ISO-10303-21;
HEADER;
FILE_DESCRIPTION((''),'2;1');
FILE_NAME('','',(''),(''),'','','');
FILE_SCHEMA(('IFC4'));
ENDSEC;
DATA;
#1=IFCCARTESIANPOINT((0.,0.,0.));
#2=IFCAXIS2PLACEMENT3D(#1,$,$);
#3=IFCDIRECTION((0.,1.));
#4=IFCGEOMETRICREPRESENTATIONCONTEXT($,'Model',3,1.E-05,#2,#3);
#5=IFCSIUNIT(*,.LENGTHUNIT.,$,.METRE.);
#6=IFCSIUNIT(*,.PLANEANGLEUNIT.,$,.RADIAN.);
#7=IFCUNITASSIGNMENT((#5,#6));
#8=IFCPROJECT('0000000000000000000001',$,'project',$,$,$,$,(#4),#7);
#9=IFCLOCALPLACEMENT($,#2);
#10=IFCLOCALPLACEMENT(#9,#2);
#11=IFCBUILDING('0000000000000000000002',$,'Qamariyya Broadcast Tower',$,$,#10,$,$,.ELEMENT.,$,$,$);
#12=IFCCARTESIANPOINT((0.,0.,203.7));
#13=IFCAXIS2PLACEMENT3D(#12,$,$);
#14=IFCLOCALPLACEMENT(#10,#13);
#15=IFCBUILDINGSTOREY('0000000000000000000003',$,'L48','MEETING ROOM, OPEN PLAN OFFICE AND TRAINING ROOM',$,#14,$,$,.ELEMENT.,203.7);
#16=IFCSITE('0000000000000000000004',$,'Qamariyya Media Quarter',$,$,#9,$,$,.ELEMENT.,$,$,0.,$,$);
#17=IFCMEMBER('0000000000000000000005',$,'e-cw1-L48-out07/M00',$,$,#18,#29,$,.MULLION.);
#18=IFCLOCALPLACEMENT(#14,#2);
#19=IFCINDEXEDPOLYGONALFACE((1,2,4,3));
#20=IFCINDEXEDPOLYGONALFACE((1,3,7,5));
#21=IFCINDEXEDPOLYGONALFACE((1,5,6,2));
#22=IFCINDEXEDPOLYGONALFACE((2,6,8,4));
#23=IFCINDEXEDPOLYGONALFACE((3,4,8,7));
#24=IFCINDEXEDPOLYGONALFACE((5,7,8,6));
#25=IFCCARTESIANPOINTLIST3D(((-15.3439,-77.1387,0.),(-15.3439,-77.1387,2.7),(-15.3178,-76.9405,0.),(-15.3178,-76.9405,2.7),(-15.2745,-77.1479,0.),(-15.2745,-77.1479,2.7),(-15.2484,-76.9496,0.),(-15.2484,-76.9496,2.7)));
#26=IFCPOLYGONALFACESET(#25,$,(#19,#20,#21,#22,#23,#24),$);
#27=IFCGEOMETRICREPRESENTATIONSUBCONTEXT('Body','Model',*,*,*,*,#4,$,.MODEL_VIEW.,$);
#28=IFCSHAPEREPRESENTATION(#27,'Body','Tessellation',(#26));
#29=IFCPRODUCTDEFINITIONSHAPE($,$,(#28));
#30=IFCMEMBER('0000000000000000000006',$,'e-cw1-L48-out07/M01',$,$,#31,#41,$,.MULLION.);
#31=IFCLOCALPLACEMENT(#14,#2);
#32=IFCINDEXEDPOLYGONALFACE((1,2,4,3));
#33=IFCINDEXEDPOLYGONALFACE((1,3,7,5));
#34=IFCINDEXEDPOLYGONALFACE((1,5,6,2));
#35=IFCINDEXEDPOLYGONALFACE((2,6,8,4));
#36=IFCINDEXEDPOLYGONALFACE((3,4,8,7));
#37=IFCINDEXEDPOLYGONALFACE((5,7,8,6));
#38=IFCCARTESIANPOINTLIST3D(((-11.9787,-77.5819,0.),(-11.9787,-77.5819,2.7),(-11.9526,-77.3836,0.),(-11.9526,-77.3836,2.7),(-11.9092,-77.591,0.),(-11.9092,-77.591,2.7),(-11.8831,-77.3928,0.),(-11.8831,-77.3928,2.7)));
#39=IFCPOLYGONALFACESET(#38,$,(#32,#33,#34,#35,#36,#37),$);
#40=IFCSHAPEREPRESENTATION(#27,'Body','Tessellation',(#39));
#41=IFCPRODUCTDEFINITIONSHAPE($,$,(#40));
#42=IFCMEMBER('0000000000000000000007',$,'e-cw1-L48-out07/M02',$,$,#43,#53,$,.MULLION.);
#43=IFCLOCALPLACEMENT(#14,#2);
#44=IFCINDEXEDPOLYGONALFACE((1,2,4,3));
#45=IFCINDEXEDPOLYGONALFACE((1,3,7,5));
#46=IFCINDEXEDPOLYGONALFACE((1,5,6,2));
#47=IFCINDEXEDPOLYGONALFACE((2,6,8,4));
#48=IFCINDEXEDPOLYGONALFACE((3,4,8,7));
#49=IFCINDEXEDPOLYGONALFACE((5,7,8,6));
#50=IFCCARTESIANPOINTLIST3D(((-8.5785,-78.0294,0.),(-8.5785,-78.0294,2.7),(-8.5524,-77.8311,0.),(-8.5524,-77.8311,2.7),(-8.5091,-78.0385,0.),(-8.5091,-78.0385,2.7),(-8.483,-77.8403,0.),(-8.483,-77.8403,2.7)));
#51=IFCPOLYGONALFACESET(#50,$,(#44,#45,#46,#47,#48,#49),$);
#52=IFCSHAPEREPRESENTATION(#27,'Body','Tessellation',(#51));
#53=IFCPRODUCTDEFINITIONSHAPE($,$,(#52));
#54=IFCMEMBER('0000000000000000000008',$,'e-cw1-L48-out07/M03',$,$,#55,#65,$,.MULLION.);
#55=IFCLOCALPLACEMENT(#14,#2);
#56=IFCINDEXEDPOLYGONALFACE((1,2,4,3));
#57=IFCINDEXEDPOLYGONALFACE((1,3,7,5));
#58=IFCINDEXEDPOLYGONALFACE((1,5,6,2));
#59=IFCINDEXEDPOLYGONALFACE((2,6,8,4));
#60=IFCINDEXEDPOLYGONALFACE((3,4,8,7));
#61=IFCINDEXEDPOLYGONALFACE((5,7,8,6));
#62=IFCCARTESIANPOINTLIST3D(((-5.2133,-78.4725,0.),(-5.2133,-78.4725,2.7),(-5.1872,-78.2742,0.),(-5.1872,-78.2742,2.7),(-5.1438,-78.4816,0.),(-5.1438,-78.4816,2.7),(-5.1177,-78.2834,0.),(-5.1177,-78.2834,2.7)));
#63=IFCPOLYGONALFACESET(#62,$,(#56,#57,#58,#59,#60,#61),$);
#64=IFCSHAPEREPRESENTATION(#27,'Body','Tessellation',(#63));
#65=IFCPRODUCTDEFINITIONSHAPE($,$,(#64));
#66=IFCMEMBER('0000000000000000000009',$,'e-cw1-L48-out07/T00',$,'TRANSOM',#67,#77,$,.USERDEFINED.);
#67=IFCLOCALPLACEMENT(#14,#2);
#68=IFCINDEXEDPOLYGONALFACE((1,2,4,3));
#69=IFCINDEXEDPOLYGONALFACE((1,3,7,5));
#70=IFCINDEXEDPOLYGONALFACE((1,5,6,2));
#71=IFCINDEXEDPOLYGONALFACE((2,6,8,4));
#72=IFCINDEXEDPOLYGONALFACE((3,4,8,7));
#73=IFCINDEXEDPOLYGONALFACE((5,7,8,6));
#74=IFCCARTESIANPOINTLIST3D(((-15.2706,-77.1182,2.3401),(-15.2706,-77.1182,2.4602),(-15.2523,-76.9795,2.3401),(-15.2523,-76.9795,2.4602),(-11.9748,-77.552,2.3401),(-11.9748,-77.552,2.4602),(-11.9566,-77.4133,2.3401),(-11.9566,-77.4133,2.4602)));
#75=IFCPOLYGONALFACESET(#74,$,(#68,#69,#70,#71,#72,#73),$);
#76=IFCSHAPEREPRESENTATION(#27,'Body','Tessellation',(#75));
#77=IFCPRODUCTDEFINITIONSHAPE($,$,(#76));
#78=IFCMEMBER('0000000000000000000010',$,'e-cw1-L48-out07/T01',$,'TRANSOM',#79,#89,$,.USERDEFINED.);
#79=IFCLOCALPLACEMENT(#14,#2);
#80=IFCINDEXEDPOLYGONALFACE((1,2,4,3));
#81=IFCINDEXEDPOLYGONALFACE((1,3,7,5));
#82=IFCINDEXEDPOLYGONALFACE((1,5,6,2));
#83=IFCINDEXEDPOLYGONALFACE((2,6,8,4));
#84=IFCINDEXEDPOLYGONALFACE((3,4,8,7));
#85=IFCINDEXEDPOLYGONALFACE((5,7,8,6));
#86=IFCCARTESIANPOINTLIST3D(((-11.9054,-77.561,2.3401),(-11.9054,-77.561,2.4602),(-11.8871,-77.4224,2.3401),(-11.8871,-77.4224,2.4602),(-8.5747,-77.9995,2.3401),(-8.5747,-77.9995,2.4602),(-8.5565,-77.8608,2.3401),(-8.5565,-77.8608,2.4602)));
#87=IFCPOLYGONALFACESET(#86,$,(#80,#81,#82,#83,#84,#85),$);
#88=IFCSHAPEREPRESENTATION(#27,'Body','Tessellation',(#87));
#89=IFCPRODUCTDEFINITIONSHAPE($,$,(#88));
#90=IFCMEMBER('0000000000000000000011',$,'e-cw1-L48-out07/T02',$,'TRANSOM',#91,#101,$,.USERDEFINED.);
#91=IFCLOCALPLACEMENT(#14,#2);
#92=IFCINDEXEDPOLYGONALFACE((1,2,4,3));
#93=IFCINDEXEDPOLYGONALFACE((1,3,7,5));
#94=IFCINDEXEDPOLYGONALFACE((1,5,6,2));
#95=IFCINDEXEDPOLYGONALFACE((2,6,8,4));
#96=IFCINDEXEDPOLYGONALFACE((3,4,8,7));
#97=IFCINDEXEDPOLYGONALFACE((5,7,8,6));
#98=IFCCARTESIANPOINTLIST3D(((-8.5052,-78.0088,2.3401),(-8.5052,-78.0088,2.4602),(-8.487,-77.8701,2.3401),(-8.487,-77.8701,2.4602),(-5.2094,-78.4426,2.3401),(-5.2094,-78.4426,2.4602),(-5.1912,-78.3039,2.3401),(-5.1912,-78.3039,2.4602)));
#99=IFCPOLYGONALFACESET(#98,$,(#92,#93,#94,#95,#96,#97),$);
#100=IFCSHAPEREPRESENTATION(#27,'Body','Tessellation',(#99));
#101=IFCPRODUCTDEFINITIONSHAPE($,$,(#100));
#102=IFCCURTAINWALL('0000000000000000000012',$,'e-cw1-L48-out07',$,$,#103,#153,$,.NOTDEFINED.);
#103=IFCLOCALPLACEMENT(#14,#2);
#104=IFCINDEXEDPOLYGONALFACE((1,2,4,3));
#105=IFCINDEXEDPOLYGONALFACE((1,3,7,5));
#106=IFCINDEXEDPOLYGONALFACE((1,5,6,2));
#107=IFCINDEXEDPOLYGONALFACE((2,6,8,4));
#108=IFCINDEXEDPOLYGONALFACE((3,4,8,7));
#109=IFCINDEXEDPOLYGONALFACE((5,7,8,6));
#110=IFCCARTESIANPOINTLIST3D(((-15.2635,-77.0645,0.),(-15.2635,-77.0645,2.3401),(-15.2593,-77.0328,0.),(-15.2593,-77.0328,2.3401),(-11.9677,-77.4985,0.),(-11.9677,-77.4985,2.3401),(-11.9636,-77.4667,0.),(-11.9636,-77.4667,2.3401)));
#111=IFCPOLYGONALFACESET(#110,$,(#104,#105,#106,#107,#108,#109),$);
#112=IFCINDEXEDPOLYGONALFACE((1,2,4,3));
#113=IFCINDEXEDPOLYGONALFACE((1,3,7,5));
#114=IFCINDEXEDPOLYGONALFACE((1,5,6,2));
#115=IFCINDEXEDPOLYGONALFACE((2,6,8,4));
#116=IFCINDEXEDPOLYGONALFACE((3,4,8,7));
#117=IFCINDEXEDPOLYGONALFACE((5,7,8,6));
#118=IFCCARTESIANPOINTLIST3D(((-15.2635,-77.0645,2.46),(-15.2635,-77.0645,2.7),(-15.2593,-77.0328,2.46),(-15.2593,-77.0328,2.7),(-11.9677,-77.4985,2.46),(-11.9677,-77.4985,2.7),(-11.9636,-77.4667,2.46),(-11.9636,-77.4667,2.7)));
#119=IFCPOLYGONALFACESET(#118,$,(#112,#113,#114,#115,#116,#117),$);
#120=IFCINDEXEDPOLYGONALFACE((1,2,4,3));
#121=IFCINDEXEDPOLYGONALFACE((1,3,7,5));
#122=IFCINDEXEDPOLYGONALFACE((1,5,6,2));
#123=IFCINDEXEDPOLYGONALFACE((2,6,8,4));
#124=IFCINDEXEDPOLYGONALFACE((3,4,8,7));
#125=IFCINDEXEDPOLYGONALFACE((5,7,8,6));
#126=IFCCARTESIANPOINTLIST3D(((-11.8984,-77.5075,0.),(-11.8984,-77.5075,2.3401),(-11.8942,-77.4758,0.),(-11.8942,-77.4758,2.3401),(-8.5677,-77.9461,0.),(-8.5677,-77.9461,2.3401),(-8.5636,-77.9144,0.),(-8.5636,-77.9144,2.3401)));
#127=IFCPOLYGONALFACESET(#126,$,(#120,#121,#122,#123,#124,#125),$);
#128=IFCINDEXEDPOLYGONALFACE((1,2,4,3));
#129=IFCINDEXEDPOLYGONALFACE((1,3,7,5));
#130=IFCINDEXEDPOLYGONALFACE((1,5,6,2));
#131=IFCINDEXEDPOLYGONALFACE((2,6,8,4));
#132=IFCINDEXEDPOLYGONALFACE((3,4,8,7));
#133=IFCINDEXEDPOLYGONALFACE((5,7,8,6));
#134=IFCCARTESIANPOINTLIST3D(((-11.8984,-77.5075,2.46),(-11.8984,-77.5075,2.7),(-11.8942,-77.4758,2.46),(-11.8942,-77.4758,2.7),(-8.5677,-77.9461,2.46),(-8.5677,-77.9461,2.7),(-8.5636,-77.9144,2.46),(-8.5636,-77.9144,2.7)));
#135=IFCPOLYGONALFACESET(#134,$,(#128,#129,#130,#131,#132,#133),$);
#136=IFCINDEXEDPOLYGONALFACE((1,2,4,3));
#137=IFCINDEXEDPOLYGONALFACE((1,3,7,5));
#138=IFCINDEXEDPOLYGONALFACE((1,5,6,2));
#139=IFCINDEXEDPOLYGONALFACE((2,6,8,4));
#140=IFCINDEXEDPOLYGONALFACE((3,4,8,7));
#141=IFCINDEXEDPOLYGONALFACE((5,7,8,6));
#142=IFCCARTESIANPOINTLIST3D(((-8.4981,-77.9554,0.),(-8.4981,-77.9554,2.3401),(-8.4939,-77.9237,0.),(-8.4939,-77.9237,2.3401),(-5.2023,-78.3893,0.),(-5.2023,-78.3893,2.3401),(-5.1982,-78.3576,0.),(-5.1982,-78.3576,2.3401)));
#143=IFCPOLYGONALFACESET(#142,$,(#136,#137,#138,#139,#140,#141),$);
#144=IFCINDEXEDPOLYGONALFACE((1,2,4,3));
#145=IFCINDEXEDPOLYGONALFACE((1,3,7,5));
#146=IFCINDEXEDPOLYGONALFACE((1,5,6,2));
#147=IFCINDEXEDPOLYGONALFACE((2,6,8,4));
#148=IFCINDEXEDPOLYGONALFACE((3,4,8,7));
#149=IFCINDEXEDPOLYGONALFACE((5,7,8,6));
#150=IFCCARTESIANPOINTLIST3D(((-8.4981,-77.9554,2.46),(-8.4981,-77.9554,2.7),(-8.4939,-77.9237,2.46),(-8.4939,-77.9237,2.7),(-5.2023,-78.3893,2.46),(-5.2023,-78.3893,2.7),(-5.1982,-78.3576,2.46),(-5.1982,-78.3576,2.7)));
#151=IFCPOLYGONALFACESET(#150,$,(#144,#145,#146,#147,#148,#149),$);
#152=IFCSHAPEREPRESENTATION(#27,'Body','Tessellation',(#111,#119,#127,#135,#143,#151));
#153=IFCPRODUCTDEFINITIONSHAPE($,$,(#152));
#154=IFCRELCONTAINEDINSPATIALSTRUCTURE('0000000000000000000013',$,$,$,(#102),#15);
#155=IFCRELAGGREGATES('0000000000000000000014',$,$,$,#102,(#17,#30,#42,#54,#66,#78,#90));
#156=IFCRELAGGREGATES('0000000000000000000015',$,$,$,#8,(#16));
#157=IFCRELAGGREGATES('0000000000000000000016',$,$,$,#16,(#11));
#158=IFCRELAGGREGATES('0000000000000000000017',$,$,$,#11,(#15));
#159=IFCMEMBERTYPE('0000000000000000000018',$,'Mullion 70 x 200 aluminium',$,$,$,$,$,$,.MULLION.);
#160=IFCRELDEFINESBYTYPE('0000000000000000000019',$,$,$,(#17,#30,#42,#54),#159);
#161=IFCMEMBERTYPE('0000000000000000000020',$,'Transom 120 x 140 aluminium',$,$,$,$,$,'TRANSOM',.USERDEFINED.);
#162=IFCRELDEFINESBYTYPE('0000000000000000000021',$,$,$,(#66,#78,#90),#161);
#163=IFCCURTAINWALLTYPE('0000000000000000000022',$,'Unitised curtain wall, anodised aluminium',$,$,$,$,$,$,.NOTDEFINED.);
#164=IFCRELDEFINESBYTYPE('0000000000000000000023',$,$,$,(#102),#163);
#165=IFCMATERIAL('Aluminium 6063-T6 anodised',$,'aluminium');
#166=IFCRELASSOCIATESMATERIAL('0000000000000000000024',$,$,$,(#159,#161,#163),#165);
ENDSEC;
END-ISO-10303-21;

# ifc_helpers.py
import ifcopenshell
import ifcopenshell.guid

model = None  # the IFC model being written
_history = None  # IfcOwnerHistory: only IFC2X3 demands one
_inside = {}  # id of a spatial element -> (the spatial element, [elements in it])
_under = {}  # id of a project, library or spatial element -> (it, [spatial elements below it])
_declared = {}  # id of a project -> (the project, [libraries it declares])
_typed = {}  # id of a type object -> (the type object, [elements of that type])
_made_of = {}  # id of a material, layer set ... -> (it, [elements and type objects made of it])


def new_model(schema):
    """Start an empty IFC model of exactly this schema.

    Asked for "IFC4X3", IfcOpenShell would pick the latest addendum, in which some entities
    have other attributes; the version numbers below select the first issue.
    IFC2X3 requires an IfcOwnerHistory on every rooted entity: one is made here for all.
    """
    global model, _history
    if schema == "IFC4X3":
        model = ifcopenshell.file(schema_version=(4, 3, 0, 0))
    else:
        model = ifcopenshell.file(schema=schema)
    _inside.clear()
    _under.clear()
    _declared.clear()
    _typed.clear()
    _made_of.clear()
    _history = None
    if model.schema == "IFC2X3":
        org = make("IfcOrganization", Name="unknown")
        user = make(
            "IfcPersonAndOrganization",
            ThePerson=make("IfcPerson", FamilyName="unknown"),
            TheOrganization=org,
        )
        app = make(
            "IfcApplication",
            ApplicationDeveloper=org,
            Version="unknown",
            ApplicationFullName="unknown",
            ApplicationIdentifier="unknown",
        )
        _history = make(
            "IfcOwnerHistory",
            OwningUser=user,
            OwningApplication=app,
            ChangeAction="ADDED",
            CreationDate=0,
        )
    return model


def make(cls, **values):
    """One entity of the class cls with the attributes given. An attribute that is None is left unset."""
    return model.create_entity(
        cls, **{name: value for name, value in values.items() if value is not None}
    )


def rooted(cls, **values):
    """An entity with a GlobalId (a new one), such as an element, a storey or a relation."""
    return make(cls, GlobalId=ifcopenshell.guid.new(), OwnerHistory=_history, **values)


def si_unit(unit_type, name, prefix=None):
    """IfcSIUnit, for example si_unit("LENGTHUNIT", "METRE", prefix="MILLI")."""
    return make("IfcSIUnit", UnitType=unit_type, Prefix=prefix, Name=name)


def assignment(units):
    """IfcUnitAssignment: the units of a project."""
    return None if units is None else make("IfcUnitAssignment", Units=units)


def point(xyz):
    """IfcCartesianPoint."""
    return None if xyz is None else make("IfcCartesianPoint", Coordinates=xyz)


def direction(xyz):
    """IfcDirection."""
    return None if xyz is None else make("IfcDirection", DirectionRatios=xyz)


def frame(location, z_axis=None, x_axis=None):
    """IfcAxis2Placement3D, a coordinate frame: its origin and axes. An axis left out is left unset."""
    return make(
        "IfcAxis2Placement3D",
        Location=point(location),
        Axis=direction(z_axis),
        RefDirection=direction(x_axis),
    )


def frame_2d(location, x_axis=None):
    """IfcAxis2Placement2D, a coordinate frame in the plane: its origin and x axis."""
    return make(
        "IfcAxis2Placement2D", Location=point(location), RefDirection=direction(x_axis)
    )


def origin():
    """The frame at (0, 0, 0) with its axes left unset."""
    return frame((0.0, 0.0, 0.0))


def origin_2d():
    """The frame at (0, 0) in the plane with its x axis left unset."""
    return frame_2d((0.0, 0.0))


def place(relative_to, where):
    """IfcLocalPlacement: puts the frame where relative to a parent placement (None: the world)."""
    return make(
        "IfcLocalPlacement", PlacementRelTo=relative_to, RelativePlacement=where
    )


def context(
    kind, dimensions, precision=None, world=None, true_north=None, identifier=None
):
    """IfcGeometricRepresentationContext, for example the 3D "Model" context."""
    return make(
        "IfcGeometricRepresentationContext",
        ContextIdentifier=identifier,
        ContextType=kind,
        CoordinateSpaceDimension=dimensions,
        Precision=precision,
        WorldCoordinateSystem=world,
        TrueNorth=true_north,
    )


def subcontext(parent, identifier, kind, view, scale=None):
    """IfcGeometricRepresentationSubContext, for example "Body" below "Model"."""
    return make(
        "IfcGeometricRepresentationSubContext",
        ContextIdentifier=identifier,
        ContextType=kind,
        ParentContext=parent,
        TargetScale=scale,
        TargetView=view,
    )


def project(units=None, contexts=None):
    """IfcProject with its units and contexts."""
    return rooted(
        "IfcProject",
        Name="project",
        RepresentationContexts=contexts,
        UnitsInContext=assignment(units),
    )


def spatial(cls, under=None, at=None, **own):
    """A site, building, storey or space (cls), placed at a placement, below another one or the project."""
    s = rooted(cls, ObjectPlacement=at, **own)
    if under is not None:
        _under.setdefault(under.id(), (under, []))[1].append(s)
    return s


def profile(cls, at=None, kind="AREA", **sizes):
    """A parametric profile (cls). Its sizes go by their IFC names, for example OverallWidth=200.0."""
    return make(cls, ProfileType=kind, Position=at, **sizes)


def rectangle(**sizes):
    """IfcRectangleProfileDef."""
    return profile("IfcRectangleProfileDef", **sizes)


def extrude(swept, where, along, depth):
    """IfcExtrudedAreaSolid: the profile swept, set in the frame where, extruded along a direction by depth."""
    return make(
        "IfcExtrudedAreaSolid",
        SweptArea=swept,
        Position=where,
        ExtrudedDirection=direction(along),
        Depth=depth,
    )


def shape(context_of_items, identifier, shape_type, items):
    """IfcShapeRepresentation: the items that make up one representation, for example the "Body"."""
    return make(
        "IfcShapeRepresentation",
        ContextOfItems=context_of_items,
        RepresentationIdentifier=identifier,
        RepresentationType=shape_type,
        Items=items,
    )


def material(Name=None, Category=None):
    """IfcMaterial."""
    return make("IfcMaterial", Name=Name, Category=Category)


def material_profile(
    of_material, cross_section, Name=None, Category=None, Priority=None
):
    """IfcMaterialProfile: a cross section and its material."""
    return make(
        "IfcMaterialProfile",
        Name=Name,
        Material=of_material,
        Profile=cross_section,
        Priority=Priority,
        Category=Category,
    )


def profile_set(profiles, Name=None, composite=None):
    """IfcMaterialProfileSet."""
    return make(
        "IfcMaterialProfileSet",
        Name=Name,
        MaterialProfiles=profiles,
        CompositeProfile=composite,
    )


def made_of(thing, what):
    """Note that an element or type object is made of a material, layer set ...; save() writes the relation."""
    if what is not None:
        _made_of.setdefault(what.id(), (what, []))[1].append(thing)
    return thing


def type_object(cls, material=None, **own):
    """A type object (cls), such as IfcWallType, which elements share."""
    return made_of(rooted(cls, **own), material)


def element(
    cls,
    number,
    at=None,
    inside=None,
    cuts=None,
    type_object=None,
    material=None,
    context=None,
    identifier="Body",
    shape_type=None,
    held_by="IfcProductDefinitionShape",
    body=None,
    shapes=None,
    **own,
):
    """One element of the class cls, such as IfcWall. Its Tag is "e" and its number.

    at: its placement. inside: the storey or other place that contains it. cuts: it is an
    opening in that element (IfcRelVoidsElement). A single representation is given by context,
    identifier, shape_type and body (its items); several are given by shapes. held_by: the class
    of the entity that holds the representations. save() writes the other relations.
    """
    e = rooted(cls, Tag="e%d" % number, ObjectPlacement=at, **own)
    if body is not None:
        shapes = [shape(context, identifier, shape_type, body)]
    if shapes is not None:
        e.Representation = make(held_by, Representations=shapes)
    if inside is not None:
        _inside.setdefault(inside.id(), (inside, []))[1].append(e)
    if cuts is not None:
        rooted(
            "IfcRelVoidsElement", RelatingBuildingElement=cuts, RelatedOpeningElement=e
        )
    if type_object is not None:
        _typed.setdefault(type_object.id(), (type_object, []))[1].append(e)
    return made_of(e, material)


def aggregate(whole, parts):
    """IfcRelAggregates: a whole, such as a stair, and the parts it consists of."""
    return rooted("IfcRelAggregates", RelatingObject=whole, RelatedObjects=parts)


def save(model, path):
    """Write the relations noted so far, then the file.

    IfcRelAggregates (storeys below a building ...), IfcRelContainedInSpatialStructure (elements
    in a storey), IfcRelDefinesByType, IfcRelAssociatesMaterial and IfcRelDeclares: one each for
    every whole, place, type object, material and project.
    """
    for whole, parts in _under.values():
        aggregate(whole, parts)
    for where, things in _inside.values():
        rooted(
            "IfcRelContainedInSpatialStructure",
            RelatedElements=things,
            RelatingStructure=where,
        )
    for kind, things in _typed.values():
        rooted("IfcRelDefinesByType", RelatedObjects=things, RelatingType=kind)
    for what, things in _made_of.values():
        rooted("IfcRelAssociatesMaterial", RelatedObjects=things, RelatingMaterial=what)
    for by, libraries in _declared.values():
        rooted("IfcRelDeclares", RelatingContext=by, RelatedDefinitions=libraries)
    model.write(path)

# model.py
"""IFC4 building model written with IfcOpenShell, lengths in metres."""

from ifc_helpers import new_model, si_unit, direction, frame, origin, origin_2d, place, context, subcontext, project, spatial, rectangle, extrude, material, material_profile, profile_set, type_object, element, aggregate, save


model = new_model("IFC4")

# Units and contexts
model_context = context("Model", 3, precision=1e-05, world=origin(), true_north=direction((0.0, 1.0)))
body_context = subcontext(model_context, "Body", "Model", "MODEL_VIEW")
ifc_project = project(units=[si_unit("LENGTHUNIT", "METRE"), si_unit("PLANEANGLEUNIT", "RADIAN")], contexts=[model_context])

# Members
ifc_material = material(Name="Aluminium 6063-T6 anodised", Category="aluminium")
ifc_material_profile_1 = material_profile(ifc_material, rectangle(XDim=0.2, YDim=0.0701, at=origin_2d()))
ifc_profile_set_1 = profile_set([ifc_material_profile_1], Name="Aluminium 6063-T6 anodised")
member_type_1 = type_object("IfcMemberType", Name="Mullion 70 x 200 aluminium", PredefinedType="MULLION", material=ifc_profile_set_1)
site_placement = place(None, origin())
building_placement = place(site_placement, origin())
storey_placement = place(building_placement, frame((0.0, 0.0, 203.7)))
member_1_placement = place(storey_placement, frame((-15.2961, -77.0442, 0.0), z_axis=(0.0, 0.0, 1.0), x_axis=(0.130526, 0.991445, 0.0)))
member_1 = element("IfcMember", 1, at=member_1_placement, type_object=member_type_1, Name="e-cw1-L48-out07/M00", PredefinedType="MULLION", context=body_context, shape_type="SweptSolid", body=[
    extrude(rectangle(XDim=0.2, YDim=0.0701, at=origin_2d()), origin(), (0.0, 0.0, 1.0), 2.7),
])
member_2_placement = place(storey_placement, frame((-11.9309, -77.4873, 0.0), z_axis=(0.0, 0.0, 1.0), x_axis=(0.130526, 0.991445, 0.0)))
member_2 = element("IfcMember", 2, at=member_2_placement, type_object=member_type_1, Name="e-cw1-L48-out07/M01", PredefinedType="MULLION", context=body_context, shape_type="SweptSolid", body=[
    extrude(rectangle(XDim=0.2, YDim=0.0701, at=origin_2d()), origin(), (0.0, 0.0, 1.0), 2.7),
])
member_3_placement = place(storey_placement, frame((-8.5308, -77.9348, 0.0), z_axis=(0.0, 0.0, 1.0), x_axis=(0.130526, 0.991445, 0.0)))
member_3 = element("IfcMember", 3, at=member_3_placement, type_object=member_type_1, Name="e-cw1-L48-out07/M02", PredefinedType="MULLION", context=body_context, shape_type="SweptSolid", body=[
    extrude(rectangle(XDim=0.2, YDim=0.0701, at=origin_2d()), origin(), (0.0, 0.0, 1.0), 2.7),
])
member_4_placement = place(storey_placement, frame((-5.1655, -78.3779, 0.0), z_axis=(0.0, 0.0, 1.0), x_axis=(0.130526, 0.991445, 0.0)))
member_4 = element("IfcMember", 4, at=member_4_placement, type_object=member_type_1, Name="e-cw1-L48-out07/M03", PredefinedType="MULLION", context=body_context, shape_type="SweptSolid", body=[
    extrude(rectangle(XDim=0.2, YDim=0.0701, at=origin_2d()), origin(), (0.0, 0.0, 1.0), 2.7),
])
ifc_material_profile_2 = material_profile(ifc_material, rectangle(XDim=0.1399, YDim=0.1201, at=origin_2d()))
ifc_profile_set_2 = profile_set([ifc_material_profile_2], Name="Aluminium 6063-T6 anodised")
member_type_2 = type_object("IfcMemberType", Name="Transom 120 x 140 aluminium", ElementType="TRANSOM", PredefinedType="USERDEFINED", material=ifc_profile_set_2)
member_5_placement = place(storey_placement, frame((-15.2615, -77.0488, 2.4001), z_axis=(0.991448, -0.130504, 0.0), x_axis=(0.130504, 0.991448, 0.0)))
member_5 = element("IfcMember", 5, at=member_5_placement, type_object=member_type_2, Name="e-cw1-L48-out07/T00", ObjectType="TRANSOM", PredefinedType="USERDEFINED", context=body_context, shape_type="SweptSolid", body=[
    extrude(rectangle(XDim=0.1399, YDim=0.1201, at=origin_2d()), origin(), (0.0, 0.0, 1.0), 3.3242),
])
member_6_placement = place(storey_placement, frame((-11.8962, -77.4917, 2.4001), z_axis=(0.991445, -0.130526, 0.0), x_axis=(0.130526, 0.991445, 0.0)))
member_6 = element("IfcMember", 6, at=member_6_placement, type_object=member_type_2, Name="e-cw1-L48-out07/T01", ObjectType="TRANSOM", PredefinedType="USERDEFINED", context=body_context, shape_type="SweptSolid", body=[
    extrude(rectangle(XDim=0.1399, YDim=0.1201, at=origin_2d()), origin(), (0.0, 0.0, 1.0), 3.3594),
])
member_7_placement = place(storey_placement, frame((-8.4961, -77.9395, 2.4001), z_axis=(0.991448, -0.130504, 0.0), x_axis=(0.130504, 0.991448, 0.0)))
member_7 = element("IfcMember", 7, at=member_7_placement, type_object=member_type_2, Name="e-cw1-L48-out07/T02", ObjectType="TRANSOM", PredefinedType="USERDEFINED", context=body_context, shape_type="SweptSolid", body=[
    extrude(rectangle(XDim=0.1399, YDim=0.1201, at=origin_2d()), origin(), (0.0, 0.0, 1.0), 3.3242),
])

# Site, building, storey
site = spatial("IfcSite", under=ifc_project, at=site_placement, Name="Qamariyya Media Quarter", CompositionType="ELEMENT", RefElevation=0.0)
building = spatial("IfcBuilding", under=site, at=building_placement, Name="Qamariyya Broadcast Tower", CompositionType="ELEMENT")
storey = spatial("IfcBuildingStorey", under=building, at=storey_placement, Name="L48", Description="MEETING ROOM, OPEN PLAN OFFICE AND TRAINING ROOM", CompositionType="ELEMENT", Elevation=203.7)

# Curtain wall
curtain_wall_type = type_object("IfcCurtainWallType", Name="Unitised curtain wall, anodised aluminium", PredefinedType="NOTDEFINED", material=ifc_material)
curtain_wall_1_placement = place(storey_placement, origin())
curtain_wall_1 = element("IfcCurtainWall", 8, at=curtain_wall_1_placement, inside=storey, type_object=curtain_wall_type, Name="e-cw1-L48-out07", PredefinedType="NOTDEFINED", context=body_context, shape_type="SweptSolid", body=[
    extrude(rectangle(XDim=3.3242, YDim=0.032, at=origin_2d()), frame((-13.6135, -77.2656, 0.0), x_axis=(0.991443, -0.130542, 0.0)), (0.0, 0.0, 1.0), 2.3401),
    extrude(rectangle(XDim=3.3242, YDim=0.032, at=origin_2d()), frame((-13.6135, -77.2656, 2.46), x_axis=(0.991443, -0.130542, 0.0)), (0.0, 0.0, 1.0), 0.24),
    extrude(rectangle(XDim=3.3594, YDim=0.032, at=origin_2d()), frame((-10.231, -77.7109, 0.0), x_axis=(0.991443, -0.130542, 0.0)), (0.0, 0.0, 1.0), 2.3401),
    extrude(rectangle(XDim=3.3594, YDim=0.032, at=origin_2d()), frame((-10.231, -77.7109, 2.46), x_axis=(0.991443, -0.130542, 0.0)), (0.0, 0.0, 1.0), 0.24),
    extrude(rectangle(XDim=3.3242, YDim=0.032, at=origin_2d()), frame((-6.8481, -78.1565, 0.0), x_axis=(0.991443, -0.130542, 0.0)), (0.0, 0.0, 1.0), 2.3401),
    extrude(rectangle(XDim=3.3242, YDim=0.032, at=origin_2d()), frame((-6.8481, -78.1565, 2.46), x_axis=(0.991443, -0.130542, 0.0)), (0.0, 0.0, 1.0), 0.24),
])
aggregate(curtain_wall_1, [member_1, member_2, member_3, member_4, member_5, member_6, member_7])

save(model, "model.ifc")
